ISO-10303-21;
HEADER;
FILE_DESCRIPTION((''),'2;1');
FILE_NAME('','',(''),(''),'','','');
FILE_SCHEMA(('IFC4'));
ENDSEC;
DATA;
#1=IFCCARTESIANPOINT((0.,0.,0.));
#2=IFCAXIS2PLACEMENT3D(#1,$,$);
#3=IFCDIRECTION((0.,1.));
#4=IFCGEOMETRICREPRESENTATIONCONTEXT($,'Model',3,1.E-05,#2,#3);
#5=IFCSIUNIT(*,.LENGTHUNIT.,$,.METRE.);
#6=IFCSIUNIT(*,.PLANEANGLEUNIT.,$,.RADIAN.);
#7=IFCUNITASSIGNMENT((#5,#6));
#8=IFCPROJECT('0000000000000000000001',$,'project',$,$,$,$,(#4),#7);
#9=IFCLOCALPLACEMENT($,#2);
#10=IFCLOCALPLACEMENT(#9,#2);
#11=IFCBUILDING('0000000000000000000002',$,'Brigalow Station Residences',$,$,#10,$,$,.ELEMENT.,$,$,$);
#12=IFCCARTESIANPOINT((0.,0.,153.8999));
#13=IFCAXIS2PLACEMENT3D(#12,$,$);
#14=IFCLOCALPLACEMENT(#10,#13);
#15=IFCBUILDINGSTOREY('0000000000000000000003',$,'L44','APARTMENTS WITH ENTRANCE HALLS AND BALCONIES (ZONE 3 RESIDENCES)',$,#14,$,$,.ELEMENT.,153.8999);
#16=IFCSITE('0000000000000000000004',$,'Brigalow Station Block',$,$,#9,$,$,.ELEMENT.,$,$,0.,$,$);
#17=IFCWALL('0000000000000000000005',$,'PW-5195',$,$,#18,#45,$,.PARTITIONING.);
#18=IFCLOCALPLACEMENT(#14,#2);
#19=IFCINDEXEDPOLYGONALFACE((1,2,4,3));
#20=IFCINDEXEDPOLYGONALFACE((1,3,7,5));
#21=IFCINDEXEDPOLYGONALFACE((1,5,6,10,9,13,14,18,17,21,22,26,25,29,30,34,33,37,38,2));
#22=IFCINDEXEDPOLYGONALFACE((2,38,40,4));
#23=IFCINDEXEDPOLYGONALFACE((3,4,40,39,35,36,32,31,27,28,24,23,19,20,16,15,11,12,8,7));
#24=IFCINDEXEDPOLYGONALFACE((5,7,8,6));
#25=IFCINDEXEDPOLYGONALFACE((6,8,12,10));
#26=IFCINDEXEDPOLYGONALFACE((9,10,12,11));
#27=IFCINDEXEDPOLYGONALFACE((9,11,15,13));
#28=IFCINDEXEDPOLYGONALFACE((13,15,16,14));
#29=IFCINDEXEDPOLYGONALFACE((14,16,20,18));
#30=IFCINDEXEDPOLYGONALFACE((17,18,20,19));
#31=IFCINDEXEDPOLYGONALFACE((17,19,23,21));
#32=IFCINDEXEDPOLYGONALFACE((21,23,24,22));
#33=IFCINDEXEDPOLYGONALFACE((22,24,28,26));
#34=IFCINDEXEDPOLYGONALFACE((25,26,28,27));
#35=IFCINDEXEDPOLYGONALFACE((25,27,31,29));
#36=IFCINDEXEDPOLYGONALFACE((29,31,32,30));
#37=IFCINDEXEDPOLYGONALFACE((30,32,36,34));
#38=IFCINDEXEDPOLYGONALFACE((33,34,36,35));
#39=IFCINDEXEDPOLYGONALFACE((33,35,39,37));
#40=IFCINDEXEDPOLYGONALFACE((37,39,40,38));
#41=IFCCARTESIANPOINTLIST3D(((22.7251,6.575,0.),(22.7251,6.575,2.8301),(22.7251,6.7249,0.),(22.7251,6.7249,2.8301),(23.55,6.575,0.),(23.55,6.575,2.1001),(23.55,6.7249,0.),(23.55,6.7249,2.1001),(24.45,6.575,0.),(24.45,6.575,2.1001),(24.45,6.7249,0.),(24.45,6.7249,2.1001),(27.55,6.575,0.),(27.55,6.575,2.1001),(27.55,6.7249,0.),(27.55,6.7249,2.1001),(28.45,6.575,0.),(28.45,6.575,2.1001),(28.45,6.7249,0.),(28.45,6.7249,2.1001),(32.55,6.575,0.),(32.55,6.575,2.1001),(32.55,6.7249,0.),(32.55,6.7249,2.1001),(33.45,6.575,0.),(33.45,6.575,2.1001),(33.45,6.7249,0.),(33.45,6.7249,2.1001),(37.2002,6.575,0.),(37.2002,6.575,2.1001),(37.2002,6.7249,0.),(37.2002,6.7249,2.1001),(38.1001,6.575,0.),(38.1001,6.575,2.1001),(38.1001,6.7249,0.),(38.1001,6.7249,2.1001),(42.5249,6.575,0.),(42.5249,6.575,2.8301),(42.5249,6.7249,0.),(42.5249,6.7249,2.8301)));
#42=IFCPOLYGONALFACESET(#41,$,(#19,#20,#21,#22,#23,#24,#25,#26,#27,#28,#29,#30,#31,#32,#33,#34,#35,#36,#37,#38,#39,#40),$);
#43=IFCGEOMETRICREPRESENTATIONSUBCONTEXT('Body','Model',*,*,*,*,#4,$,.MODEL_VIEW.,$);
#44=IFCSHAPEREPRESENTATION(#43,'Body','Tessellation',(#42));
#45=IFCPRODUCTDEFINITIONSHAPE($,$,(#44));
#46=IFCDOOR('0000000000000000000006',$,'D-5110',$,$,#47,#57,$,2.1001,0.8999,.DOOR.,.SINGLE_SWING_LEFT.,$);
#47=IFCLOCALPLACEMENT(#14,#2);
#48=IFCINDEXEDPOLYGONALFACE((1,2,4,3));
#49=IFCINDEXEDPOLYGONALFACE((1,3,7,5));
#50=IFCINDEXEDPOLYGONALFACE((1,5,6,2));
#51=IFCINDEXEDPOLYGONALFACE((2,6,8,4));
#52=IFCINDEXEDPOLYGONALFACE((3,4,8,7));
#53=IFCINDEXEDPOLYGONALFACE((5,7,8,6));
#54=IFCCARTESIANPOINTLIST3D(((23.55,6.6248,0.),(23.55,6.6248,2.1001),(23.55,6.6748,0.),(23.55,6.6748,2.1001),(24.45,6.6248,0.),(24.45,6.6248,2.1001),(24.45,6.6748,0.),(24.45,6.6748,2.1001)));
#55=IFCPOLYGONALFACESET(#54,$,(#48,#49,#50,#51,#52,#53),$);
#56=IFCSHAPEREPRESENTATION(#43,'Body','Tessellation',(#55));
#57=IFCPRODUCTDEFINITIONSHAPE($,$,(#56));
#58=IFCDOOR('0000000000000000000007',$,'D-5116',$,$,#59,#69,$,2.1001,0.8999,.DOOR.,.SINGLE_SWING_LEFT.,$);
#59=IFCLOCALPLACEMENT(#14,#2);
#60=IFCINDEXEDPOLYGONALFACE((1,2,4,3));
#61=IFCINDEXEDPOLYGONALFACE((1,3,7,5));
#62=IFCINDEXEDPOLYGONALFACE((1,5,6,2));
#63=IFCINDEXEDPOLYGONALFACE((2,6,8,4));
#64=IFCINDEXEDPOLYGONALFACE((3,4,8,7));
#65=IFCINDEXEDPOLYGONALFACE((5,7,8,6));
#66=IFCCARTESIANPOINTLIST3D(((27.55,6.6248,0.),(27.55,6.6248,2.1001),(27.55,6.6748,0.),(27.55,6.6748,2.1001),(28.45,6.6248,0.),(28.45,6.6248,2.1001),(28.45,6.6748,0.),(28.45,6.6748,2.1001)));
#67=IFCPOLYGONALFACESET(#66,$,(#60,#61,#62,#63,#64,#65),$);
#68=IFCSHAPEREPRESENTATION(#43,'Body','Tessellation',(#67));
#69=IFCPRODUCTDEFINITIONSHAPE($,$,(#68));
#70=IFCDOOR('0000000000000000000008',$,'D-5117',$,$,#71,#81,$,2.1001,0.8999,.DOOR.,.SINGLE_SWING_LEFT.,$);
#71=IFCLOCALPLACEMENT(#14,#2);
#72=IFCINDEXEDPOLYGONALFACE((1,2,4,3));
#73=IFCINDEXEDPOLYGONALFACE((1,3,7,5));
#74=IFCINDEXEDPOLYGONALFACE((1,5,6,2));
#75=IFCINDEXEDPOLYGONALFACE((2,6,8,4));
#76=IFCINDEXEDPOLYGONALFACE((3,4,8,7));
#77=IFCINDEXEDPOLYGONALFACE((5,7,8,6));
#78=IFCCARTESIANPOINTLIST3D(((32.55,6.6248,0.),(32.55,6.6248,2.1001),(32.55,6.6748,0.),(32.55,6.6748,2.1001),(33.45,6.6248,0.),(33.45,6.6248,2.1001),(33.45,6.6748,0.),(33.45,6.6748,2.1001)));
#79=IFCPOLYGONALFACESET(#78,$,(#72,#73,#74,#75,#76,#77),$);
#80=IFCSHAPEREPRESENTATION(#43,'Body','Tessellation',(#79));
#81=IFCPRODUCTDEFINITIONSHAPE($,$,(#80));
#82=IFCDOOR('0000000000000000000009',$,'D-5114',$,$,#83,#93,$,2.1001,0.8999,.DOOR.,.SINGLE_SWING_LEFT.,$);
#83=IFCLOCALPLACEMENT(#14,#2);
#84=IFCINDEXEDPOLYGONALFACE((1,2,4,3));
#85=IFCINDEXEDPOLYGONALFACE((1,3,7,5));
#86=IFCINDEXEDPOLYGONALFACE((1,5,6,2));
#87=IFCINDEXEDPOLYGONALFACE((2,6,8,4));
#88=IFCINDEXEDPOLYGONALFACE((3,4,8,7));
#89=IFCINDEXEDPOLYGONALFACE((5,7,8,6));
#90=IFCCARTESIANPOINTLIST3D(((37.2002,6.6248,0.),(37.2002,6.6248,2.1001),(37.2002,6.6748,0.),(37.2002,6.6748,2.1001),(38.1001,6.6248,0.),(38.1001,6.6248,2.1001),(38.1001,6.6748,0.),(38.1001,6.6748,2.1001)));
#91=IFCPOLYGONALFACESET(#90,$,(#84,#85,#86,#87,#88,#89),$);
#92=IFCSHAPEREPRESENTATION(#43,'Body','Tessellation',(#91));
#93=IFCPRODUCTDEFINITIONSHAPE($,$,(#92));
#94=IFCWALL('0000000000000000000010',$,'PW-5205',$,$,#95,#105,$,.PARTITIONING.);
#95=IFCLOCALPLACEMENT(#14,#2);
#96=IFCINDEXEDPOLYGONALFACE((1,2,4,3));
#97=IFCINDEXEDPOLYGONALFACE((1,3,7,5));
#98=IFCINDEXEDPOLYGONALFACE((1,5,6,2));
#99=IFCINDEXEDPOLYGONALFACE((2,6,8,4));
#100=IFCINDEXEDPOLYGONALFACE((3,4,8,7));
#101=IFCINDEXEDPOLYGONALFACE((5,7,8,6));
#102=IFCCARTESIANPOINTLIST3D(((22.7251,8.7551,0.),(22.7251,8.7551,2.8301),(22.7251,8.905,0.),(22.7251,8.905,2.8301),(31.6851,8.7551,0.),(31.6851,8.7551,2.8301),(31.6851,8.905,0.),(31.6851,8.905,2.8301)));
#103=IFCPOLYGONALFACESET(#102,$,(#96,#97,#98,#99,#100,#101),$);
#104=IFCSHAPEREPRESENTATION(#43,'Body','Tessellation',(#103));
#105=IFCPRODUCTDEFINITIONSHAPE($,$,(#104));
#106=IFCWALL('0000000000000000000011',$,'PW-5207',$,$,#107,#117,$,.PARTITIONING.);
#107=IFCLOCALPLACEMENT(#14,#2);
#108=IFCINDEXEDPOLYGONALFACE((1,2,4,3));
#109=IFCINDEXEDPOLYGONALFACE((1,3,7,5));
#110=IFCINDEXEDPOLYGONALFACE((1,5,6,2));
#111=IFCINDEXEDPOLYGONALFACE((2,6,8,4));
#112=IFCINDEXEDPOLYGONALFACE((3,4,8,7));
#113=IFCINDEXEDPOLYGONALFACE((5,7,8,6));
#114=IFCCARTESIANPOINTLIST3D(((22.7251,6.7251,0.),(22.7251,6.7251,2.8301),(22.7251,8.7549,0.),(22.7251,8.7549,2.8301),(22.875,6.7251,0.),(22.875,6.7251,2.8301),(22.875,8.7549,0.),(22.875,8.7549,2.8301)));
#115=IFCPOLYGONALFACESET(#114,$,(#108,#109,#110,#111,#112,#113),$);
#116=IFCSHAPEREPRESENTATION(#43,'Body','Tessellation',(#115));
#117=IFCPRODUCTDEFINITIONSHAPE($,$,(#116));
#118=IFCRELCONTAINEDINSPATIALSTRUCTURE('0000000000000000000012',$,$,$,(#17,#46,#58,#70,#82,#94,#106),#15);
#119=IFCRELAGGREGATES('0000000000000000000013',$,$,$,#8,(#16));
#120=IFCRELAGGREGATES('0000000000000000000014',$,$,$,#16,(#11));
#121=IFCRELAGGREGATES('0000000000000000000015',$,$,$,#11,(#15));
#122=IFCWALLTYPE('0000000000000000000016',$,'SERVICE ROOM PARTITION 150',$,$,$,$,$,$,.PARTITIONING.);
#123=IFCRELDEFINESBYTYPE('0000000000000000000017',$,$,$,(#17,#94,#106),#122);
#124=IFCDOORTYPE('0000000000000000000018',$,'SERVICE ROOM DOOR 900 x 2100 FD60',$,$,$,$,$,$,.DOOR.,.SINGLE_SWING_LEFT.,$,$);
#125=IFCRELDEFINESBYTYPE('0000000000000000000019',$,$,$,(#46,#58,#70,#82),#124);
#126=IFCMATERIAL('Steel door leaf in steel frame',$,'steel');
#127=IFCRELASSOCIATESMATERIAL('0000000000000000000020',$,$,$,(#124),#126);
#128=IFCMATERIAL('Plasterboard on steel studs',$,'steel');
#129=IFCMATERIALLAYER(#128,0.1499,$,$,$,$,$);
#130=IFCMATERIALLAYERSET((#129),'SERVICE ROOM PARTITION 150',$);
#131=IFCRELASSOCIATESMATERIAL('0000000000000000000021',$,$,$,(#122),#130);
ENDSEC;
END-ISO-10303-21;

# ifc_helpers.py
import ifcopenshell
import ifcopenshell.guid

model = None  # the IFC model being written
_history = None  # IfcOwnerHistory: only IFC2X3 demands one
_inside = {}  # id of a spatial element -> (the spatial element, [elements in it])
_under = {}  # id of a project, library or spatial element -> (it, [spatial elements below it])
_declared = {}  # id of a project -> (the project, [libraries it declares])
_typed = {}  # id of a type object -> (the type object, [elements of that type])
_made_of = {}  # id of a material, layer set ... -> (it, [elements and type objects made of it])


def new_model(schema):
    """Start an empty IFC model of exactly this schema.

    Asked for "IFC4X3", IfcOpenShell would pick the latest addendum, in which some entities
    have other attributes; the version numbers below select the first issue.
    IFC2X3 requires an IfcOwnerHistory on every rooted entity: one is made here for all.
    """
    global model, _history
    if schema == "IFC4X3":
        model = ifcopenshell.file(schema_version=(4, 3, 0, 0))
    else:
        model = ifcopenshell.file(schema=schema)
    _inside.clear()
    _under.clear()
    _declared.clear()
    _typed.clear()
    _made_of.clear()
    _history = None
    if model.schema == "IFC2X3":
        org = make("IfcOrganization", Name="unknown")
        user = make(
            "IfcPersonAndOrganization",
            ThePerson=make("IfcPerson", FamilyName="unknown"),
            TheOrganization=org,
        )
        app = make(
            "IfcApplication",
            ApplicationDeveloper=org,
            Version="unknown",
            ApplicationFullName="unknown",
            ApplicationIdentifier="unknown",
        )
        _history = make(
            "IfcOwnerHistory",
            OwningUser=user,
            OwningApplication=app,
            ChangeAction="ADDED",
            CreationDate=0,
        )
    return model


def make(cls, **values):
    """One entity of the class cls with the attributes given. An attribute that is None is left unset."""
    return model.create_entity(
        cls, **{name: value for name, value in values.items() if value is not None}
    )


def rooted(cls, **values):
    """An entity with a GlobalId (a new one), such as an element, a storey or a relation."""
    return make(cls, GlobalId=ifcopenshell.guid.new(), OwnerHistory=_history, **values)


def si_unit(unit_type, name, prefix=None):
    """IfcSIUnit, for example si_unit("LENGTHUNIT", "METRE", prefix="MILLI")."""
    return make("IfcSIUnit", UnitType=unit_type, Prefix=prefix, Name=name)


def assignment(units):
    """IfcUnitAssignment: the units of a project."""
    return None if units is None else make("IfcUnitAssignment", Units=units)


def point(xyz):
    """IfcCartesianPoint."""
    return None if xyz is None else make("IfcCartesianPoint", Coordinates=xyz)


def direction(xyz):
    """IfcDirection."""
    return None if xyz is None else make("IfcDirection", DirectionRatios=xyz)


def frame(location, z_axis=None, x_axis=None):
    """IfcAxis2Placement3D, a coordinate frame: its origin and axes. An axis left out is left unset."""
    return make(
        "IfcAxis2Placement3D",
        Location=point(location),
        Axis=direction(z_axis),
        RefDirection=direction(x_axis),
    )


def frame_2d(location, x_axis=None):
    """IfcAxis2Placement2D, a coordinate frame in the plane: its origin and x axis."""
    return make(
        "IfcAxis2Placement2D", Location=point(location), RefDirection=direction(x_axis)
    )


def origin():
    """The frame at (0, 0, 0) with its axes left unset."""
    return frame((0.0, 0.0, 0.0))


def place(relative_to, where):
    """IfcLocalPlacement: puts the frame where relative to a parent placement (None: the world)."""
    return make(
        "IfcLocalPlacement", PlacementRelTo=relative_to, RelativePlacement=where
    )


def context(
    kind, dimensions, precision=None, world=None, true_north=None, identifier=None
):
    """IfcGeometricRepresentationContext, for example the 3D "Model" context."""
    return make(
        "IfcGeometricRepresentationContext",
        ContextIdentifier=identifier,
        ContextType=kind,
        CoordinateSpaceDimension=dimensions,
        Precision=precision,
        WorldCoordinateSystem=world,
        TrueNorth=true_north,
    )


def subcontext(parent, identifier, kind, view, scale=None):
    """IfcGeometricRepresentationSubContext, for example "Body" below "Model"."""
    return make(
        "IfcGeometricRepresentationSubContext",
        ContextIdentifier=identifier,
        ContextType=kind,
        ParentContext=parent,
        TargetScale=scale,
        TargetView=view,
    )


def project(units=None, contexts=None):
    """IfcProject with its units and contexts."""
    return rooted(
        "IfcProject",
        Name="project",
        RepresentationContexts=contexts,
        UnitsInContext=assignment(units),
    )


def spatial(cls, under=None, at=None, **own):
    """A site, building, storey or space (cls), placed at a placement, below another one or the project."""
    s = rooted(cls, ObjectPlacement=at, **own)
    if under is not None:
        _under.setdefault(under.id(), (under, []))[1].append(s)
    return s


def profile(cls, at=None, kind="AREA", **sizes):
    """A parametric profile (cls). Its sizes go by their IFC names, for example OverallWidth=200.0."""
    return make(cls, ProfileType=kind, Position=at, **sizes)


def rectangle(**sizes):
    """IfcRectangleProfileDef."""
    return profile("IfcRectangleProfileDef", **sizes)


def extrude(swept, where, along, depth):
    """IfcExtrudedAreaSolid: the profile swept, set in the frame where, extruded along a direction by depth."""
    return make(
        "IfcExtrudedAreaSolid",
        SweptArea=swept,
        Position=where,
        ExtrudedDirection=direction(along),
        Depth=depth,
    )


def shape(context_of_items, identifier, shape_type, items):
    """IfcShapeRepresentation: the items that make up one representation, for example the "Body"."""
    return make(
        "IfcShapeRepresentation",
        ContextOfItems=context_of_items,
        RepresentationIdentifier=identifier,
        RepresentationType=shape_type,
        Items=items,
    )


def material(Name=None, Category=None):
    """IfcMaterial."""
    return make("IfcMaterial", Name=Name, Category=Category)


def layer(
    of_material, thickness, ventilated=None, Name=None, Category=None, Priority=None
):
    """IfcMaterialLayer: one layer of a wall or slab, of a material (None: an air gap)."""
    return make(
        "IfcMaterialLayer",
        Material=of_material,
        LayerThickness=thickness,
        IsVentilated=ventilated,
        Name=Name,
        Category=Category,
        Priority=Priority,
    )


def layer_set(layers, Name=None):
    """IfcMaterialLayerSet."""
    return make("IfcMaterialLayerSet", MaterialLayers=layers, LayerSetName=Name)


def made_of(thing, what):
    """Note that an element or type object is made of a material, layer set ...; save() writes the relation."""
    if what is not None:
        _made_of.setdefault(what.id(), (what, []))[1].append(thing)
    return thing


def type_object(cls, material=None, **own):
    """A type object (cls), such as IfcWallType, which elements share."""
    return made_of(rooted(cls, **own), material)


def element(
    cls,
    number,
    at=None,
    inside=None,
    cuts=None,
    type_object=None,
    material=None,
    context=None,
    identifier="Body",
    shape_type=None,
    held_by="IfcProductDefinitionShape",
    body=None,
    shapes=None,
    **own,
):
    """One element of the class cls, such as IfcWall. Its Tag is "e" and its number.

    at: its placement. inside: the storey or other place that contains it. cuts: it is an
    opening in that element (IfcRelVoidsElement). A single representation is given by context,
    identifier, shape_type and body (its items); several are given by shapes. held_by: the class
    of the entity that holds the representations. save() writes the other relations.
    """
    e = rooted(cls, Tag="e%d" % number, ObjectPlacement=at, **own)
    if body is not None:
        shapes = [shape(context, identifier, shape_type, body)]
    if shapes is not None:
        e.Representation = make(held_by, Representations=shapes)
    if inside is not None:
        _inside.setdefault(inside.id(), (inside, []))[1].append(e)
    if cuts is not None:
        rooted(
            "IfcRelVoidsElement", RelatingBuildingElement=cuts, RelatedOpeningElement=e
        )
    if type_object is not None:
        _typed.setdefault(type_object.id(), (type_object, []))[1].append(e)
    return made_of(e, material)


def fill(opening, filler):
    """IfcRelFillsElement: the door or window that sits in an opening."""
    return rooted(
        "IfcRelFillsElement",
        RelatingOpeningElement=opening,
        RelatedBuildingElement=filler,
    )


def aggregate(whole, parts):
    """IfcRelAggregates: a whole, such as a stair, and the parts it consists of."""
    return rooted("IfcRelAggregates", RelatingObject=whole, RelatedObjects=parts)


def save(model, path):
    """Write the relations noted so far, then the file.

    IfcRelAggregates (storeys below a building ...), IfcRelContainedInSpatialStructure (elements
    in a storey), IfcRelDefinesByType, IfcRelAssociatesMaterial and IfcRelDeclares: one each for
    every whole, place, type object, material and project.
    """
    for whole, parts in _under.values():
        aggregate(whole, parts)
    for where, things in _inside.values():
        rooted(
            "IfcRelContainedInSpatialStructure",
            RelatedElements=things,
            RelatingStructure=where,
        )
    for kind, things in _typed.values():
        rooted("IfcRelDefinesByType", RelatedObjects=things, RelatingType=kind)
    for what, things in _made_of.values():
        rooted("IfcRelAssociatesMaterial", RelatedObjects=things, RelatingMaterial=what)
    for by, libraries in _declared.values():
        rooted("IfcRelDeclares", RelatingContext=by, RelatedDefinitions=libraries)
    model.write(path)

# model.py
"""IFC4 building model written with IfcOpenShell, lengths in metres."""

from ifc_helpers import new_model, si_unit, direction, frame, frame_2d, origin, place, context, subcontext, project, spatial, rectangle, extrude, material, layer, layer_set, type_object, element, fill, save


model = new_model("IFC4")

# Units and contexts
model_context = context("Model", 3, precision=1e-05, world=origin(), true_north=direction((0.0, 1.0)))
body_context = subcontext(model_context, "Body", "Model", "MODEL_VIEW")
ifc_project = project(units=[si_unit("LENGTHUNIT", "METRE"), si_unit("PLANEANGLEUNIT", "RADIAN")], contexts=[model_context])

# Site, building, storey
site_placement = place(None, origin())
site = spatial("IfcSite", under=ifc_project, at=site_placement, Name="Brigalow Station Block", CompositionType="ELEMENT", RefElevation=0.0)
building_placement = place(site_placement, origin())
building = spatial("IfcBuilding", under=site, at=building_placement, Name="Brigalow Station Residences", CompositionType="ELEMENT")
storey_placement = place(building_placement, frame((0.0, 0.0, 153.8999)))
storey = spatial("IfcBuildingStorey", under=building, at=storey_placement, Name="L44", Description="APARTMENTS WITH ENTRANCE HALLS AND BALCONIES (ZONE 3 RESIDENCES)", CompositionType="ELEMENT", Elevation=153.8999)

# Wall, openings, doors
ifc_material_1 = material(Name="Steel door leaf in steel frame", Category="steel")
door_type_1 = type_object("IfcDoorType", Name="SERVICE ROOM DOOR 900 x 2100 FD60", OperationType="SINGLE_SWING_LEFT", PredefinedType="DOOR", material=ifc_material_1)
ifc_material_2 = material(Name="Plasterboard on steel studs", Category="steel")
ifc_layer_1 = layer(ifc_material_2, 0.1499)
ifc_layer_set_1 = layer_set([ifc_layer_1], Name="SERVICE ROOM PARTITION 150")
wall_type_1 = type_object("IfcWallType", Name="SERVICE ROOM PARTITION 150", PredefinedType="PARTITIONING", material=ifc_layer_set_1)
wall_1_placement = place(storey_placement, frame((22.7251, 6.6499, 0.0), z_axis=(0.0, 0.0, 1.0), x_axis=(1.0, 0.0, 0.0)))
wall_1 = element("IfcWall", 1, at=wall_1_placement, inside=storey, type_object=wall_type_1, Name="PW-5195", PredefinedType="PARTITIONING", context=body_context, shape_type="SweptSolid", body=[
    extrude(rectangle(XDim=19.7998, YDim=0.1499, at=frame_2d((9.8999, 0.0))), origin(), (0.0, 0.0, 1.0), 2.8301),
])
opening_1_placement = place(wall_1_placement, frame((0.825, 0.0, 0.0)))
opening_1 = element("IfcOpeningElement", 2, at=opening_1_placement, cuts=wall_1, PredefinedType="OPENING", context=body_context, shape_type="SweptSolid", body=[
    extrude(rectangle(XDim=0.8999, YDim=2.1001, at=frame_2d((0.45, 1.05))), frame((0.0, 0.085, 0.0), z_axis=(0.0, -1.0, 0.0), x_axis=(1.0, 0.0, 0.0)), (0.0, 0.0, 1.0), 0.1699),
])
opening_2_placement = place(wall_1_placement, frame((4.825, 0.0, 0.0)))
opening_2 = element("IfcOpeningElement", 3, at=opening_2_placement, cuts=wall_1, PredefinedType="OPENING", context=body_context, shape_type="SweptSolid", body=[
    extrude(rectangle(XDim=0.8999, YDim=2.1001, at=frame_2d((0.45, 1.05))), frame((0.0, 0.085, 0.0), z_axis=(0.0, -1.0, 0.0), x_axis=(1.0, 0.0, 0.0)), (0.0, 0.0, 1.0), 0.1699),
])
opening_3_placement = place(wall_1_placement, frame((9.825, 0.0, 0.0)))
opening_3 = element("IfcOpeningElement", 4, at=opening_3_placement, cuts=wall_1, PredefinedType="OPENING", context=body_context, shape_type="SweptSolid", body=[
    extrude(rectangle(XDim=0.8999, YDim=2.1001, at=frame_2d((0.45, 1.05))), frame((0.0, 0.085, 0.0), z_axis=(0.0, -1.0, 0.0), x_axis=(1.0, 0.0, 0.0)), (0.0, 0.0, 1.0), 0.1699),
])
opening_4_placement = place(wall_1_placement, frame((14.4751, 0.0, 0.0)))
opening_4 = element("IfcOpeningElement", 5, at=opening_4_placement, cuts=wall_1, PredefinedType="OPENING", context=body_context, shape_type="SweptSolid", body=[
    extrude(rectangle(XDim=0.8999, YDim=2.1001, at=frame_2d((0.45, 1.05))), frame((0.0, 0.085, 0.0), z_axis=(0.0, -1.0, 0.0), x_axis=(1.0, 0.0, 0.0)), (0.0, 0.0, 1.0), 0.1699),
])
door_1_placement = place(opening_1_placement, origin())
door_1 = element("IfcDoor", 6, at=door_1_placement, inside=storey, type_object=door_type_1, Name="D-5110", OperationType="SINGLE_SWING_LEFT", OverallHeight=2.1001, OverallWidth=0.8999, PredefinedType="DOOR", context=body_context, shape_type="SweptSolid", body=[
    extrude(rectangle(XDim=0.8999, YDim=2.1001, at=frame_2d((0.45, 1.05))), frame((0.0, 0.0249, 0.0), z_axis=(0.0, -1.0, 0.0), x_axis=(1.0, 0.0, 0.0)), (0.0, 0.0, 1.0), 0.05),
])
fill(opening_1, door_1)
door_2_placement = place(opening_2_placement, origin())
door_2 = element("IfcDoor", 7, at=door_2_placement, inside=storey, type_object=door_type_1, Name="D-5116", OperationType="SINGLE_SWING_LEFT", OverallHeight=2.1001, OverallWidth=0.8999, PredefinedType="DOOR", context=body_context, shape_type="SweptSolid", body=[
    extrude(rectangle(XDim=0.8999, YDim=2.1001, at=frame_2d((0.45, 1.05))), frame((0.0, 0.0249, 0.0), z_axis=(0.0, -1.0, 0.0), x_axis=(1.0, 0.0, 0.0)), (0.0, 0.0, 1.0), 0.05),
])
fill(opening_2, door_2)
door_3_placement = place(opening_3_placement, origin())
door_3 = element("IfcDoor", 8, at=door_3_placement, inside=storey, type_object=door_type_1, Name="D-5117", OperationType="SINGLE_SWING_LEFT", OverallHeight=2.1001, OverallWidth=0.8999, PredefinedType="DOOR", context=body_context, shape_type="SweptSolid", body=[
    extrude(rectangle(XDim=0.8999, YDim=2.1001, at=frame_2d((0.45, 1.05))), frame((0.0, 0.0249, 0.0), z_axis=(0.0, -1.0, 0.0), x_axis=(1.0, 0.0, 0.0)), (0.0, 0.0, 1.0), 0.05),
])
fill(opening_3, door_3)
door_4_placement = place(opening_4_placement, origin())
door_4 = element("IfcDoor", 9, at=door_4_placement, inside=storey, type_object=door_type_1, Name="D-5114", OperationType="SINGLE_SWING_LEFT", OverallHeight=2.1001, OverallWidth=0.8999, PredefinedType="DOOR", context=body_context, shape_type="SweptSolid", body=[
    extrude(rectangle(XDim=0.8999, YDim=2.1001, at=frame_2d((0.45, 1.05))), frame((0.0, 0.0249, 0.0), z_axis=(0.0, -1.0, 0.0), x_axis=(1.0, 0.0, 0.0)), (0.0, 0.0, 1.0), 0.05),
])
fill(opening_4, door_4)

# Walls
wall_2_placement = place(storey_placement, frame((22.7251, 8.8301, 0.0), z_axis=(0.0, 0.0, 1.0), x_axis=(1.0, 0.0, 0.0)))
element("IfcWall", 10, at=wall_2_placement, inside=storey, type_object=wall_type_1, Name="PW-5205", PredefinedType="PARTITIONING", context=body_context, shape_type="SweptSolid", body=[
    extrude(rectangle(XDim=8.96, YDim=0.1499, at=frame_2d((4.48, 0.0))), origin(), (0.0, 0.0, 1.0), 2.8301),
])
wall_3_placement = place(storey_placement, frame((22.8, 6.7251, 0.0), z_axis=(0.0, 0.0, 1.0), x_axis=(0.0, 1.0, 0.0)))
element("IfcWall", 11, at=wall_3_placement, inside=storey, type_object=wall_type_1, Name="PW-5207", PredefinedType="PARTITIONING", context=body_context, shape_type="SweptSolid", body=[
    extrude(rectangle(XDim=2.0298, YDim=0.1499, at=frame_2d((1.0149, 0.0))), origin(), (0.0, 0.0, 1.0), 2.8301),
])

save(model, "model.ifc")
